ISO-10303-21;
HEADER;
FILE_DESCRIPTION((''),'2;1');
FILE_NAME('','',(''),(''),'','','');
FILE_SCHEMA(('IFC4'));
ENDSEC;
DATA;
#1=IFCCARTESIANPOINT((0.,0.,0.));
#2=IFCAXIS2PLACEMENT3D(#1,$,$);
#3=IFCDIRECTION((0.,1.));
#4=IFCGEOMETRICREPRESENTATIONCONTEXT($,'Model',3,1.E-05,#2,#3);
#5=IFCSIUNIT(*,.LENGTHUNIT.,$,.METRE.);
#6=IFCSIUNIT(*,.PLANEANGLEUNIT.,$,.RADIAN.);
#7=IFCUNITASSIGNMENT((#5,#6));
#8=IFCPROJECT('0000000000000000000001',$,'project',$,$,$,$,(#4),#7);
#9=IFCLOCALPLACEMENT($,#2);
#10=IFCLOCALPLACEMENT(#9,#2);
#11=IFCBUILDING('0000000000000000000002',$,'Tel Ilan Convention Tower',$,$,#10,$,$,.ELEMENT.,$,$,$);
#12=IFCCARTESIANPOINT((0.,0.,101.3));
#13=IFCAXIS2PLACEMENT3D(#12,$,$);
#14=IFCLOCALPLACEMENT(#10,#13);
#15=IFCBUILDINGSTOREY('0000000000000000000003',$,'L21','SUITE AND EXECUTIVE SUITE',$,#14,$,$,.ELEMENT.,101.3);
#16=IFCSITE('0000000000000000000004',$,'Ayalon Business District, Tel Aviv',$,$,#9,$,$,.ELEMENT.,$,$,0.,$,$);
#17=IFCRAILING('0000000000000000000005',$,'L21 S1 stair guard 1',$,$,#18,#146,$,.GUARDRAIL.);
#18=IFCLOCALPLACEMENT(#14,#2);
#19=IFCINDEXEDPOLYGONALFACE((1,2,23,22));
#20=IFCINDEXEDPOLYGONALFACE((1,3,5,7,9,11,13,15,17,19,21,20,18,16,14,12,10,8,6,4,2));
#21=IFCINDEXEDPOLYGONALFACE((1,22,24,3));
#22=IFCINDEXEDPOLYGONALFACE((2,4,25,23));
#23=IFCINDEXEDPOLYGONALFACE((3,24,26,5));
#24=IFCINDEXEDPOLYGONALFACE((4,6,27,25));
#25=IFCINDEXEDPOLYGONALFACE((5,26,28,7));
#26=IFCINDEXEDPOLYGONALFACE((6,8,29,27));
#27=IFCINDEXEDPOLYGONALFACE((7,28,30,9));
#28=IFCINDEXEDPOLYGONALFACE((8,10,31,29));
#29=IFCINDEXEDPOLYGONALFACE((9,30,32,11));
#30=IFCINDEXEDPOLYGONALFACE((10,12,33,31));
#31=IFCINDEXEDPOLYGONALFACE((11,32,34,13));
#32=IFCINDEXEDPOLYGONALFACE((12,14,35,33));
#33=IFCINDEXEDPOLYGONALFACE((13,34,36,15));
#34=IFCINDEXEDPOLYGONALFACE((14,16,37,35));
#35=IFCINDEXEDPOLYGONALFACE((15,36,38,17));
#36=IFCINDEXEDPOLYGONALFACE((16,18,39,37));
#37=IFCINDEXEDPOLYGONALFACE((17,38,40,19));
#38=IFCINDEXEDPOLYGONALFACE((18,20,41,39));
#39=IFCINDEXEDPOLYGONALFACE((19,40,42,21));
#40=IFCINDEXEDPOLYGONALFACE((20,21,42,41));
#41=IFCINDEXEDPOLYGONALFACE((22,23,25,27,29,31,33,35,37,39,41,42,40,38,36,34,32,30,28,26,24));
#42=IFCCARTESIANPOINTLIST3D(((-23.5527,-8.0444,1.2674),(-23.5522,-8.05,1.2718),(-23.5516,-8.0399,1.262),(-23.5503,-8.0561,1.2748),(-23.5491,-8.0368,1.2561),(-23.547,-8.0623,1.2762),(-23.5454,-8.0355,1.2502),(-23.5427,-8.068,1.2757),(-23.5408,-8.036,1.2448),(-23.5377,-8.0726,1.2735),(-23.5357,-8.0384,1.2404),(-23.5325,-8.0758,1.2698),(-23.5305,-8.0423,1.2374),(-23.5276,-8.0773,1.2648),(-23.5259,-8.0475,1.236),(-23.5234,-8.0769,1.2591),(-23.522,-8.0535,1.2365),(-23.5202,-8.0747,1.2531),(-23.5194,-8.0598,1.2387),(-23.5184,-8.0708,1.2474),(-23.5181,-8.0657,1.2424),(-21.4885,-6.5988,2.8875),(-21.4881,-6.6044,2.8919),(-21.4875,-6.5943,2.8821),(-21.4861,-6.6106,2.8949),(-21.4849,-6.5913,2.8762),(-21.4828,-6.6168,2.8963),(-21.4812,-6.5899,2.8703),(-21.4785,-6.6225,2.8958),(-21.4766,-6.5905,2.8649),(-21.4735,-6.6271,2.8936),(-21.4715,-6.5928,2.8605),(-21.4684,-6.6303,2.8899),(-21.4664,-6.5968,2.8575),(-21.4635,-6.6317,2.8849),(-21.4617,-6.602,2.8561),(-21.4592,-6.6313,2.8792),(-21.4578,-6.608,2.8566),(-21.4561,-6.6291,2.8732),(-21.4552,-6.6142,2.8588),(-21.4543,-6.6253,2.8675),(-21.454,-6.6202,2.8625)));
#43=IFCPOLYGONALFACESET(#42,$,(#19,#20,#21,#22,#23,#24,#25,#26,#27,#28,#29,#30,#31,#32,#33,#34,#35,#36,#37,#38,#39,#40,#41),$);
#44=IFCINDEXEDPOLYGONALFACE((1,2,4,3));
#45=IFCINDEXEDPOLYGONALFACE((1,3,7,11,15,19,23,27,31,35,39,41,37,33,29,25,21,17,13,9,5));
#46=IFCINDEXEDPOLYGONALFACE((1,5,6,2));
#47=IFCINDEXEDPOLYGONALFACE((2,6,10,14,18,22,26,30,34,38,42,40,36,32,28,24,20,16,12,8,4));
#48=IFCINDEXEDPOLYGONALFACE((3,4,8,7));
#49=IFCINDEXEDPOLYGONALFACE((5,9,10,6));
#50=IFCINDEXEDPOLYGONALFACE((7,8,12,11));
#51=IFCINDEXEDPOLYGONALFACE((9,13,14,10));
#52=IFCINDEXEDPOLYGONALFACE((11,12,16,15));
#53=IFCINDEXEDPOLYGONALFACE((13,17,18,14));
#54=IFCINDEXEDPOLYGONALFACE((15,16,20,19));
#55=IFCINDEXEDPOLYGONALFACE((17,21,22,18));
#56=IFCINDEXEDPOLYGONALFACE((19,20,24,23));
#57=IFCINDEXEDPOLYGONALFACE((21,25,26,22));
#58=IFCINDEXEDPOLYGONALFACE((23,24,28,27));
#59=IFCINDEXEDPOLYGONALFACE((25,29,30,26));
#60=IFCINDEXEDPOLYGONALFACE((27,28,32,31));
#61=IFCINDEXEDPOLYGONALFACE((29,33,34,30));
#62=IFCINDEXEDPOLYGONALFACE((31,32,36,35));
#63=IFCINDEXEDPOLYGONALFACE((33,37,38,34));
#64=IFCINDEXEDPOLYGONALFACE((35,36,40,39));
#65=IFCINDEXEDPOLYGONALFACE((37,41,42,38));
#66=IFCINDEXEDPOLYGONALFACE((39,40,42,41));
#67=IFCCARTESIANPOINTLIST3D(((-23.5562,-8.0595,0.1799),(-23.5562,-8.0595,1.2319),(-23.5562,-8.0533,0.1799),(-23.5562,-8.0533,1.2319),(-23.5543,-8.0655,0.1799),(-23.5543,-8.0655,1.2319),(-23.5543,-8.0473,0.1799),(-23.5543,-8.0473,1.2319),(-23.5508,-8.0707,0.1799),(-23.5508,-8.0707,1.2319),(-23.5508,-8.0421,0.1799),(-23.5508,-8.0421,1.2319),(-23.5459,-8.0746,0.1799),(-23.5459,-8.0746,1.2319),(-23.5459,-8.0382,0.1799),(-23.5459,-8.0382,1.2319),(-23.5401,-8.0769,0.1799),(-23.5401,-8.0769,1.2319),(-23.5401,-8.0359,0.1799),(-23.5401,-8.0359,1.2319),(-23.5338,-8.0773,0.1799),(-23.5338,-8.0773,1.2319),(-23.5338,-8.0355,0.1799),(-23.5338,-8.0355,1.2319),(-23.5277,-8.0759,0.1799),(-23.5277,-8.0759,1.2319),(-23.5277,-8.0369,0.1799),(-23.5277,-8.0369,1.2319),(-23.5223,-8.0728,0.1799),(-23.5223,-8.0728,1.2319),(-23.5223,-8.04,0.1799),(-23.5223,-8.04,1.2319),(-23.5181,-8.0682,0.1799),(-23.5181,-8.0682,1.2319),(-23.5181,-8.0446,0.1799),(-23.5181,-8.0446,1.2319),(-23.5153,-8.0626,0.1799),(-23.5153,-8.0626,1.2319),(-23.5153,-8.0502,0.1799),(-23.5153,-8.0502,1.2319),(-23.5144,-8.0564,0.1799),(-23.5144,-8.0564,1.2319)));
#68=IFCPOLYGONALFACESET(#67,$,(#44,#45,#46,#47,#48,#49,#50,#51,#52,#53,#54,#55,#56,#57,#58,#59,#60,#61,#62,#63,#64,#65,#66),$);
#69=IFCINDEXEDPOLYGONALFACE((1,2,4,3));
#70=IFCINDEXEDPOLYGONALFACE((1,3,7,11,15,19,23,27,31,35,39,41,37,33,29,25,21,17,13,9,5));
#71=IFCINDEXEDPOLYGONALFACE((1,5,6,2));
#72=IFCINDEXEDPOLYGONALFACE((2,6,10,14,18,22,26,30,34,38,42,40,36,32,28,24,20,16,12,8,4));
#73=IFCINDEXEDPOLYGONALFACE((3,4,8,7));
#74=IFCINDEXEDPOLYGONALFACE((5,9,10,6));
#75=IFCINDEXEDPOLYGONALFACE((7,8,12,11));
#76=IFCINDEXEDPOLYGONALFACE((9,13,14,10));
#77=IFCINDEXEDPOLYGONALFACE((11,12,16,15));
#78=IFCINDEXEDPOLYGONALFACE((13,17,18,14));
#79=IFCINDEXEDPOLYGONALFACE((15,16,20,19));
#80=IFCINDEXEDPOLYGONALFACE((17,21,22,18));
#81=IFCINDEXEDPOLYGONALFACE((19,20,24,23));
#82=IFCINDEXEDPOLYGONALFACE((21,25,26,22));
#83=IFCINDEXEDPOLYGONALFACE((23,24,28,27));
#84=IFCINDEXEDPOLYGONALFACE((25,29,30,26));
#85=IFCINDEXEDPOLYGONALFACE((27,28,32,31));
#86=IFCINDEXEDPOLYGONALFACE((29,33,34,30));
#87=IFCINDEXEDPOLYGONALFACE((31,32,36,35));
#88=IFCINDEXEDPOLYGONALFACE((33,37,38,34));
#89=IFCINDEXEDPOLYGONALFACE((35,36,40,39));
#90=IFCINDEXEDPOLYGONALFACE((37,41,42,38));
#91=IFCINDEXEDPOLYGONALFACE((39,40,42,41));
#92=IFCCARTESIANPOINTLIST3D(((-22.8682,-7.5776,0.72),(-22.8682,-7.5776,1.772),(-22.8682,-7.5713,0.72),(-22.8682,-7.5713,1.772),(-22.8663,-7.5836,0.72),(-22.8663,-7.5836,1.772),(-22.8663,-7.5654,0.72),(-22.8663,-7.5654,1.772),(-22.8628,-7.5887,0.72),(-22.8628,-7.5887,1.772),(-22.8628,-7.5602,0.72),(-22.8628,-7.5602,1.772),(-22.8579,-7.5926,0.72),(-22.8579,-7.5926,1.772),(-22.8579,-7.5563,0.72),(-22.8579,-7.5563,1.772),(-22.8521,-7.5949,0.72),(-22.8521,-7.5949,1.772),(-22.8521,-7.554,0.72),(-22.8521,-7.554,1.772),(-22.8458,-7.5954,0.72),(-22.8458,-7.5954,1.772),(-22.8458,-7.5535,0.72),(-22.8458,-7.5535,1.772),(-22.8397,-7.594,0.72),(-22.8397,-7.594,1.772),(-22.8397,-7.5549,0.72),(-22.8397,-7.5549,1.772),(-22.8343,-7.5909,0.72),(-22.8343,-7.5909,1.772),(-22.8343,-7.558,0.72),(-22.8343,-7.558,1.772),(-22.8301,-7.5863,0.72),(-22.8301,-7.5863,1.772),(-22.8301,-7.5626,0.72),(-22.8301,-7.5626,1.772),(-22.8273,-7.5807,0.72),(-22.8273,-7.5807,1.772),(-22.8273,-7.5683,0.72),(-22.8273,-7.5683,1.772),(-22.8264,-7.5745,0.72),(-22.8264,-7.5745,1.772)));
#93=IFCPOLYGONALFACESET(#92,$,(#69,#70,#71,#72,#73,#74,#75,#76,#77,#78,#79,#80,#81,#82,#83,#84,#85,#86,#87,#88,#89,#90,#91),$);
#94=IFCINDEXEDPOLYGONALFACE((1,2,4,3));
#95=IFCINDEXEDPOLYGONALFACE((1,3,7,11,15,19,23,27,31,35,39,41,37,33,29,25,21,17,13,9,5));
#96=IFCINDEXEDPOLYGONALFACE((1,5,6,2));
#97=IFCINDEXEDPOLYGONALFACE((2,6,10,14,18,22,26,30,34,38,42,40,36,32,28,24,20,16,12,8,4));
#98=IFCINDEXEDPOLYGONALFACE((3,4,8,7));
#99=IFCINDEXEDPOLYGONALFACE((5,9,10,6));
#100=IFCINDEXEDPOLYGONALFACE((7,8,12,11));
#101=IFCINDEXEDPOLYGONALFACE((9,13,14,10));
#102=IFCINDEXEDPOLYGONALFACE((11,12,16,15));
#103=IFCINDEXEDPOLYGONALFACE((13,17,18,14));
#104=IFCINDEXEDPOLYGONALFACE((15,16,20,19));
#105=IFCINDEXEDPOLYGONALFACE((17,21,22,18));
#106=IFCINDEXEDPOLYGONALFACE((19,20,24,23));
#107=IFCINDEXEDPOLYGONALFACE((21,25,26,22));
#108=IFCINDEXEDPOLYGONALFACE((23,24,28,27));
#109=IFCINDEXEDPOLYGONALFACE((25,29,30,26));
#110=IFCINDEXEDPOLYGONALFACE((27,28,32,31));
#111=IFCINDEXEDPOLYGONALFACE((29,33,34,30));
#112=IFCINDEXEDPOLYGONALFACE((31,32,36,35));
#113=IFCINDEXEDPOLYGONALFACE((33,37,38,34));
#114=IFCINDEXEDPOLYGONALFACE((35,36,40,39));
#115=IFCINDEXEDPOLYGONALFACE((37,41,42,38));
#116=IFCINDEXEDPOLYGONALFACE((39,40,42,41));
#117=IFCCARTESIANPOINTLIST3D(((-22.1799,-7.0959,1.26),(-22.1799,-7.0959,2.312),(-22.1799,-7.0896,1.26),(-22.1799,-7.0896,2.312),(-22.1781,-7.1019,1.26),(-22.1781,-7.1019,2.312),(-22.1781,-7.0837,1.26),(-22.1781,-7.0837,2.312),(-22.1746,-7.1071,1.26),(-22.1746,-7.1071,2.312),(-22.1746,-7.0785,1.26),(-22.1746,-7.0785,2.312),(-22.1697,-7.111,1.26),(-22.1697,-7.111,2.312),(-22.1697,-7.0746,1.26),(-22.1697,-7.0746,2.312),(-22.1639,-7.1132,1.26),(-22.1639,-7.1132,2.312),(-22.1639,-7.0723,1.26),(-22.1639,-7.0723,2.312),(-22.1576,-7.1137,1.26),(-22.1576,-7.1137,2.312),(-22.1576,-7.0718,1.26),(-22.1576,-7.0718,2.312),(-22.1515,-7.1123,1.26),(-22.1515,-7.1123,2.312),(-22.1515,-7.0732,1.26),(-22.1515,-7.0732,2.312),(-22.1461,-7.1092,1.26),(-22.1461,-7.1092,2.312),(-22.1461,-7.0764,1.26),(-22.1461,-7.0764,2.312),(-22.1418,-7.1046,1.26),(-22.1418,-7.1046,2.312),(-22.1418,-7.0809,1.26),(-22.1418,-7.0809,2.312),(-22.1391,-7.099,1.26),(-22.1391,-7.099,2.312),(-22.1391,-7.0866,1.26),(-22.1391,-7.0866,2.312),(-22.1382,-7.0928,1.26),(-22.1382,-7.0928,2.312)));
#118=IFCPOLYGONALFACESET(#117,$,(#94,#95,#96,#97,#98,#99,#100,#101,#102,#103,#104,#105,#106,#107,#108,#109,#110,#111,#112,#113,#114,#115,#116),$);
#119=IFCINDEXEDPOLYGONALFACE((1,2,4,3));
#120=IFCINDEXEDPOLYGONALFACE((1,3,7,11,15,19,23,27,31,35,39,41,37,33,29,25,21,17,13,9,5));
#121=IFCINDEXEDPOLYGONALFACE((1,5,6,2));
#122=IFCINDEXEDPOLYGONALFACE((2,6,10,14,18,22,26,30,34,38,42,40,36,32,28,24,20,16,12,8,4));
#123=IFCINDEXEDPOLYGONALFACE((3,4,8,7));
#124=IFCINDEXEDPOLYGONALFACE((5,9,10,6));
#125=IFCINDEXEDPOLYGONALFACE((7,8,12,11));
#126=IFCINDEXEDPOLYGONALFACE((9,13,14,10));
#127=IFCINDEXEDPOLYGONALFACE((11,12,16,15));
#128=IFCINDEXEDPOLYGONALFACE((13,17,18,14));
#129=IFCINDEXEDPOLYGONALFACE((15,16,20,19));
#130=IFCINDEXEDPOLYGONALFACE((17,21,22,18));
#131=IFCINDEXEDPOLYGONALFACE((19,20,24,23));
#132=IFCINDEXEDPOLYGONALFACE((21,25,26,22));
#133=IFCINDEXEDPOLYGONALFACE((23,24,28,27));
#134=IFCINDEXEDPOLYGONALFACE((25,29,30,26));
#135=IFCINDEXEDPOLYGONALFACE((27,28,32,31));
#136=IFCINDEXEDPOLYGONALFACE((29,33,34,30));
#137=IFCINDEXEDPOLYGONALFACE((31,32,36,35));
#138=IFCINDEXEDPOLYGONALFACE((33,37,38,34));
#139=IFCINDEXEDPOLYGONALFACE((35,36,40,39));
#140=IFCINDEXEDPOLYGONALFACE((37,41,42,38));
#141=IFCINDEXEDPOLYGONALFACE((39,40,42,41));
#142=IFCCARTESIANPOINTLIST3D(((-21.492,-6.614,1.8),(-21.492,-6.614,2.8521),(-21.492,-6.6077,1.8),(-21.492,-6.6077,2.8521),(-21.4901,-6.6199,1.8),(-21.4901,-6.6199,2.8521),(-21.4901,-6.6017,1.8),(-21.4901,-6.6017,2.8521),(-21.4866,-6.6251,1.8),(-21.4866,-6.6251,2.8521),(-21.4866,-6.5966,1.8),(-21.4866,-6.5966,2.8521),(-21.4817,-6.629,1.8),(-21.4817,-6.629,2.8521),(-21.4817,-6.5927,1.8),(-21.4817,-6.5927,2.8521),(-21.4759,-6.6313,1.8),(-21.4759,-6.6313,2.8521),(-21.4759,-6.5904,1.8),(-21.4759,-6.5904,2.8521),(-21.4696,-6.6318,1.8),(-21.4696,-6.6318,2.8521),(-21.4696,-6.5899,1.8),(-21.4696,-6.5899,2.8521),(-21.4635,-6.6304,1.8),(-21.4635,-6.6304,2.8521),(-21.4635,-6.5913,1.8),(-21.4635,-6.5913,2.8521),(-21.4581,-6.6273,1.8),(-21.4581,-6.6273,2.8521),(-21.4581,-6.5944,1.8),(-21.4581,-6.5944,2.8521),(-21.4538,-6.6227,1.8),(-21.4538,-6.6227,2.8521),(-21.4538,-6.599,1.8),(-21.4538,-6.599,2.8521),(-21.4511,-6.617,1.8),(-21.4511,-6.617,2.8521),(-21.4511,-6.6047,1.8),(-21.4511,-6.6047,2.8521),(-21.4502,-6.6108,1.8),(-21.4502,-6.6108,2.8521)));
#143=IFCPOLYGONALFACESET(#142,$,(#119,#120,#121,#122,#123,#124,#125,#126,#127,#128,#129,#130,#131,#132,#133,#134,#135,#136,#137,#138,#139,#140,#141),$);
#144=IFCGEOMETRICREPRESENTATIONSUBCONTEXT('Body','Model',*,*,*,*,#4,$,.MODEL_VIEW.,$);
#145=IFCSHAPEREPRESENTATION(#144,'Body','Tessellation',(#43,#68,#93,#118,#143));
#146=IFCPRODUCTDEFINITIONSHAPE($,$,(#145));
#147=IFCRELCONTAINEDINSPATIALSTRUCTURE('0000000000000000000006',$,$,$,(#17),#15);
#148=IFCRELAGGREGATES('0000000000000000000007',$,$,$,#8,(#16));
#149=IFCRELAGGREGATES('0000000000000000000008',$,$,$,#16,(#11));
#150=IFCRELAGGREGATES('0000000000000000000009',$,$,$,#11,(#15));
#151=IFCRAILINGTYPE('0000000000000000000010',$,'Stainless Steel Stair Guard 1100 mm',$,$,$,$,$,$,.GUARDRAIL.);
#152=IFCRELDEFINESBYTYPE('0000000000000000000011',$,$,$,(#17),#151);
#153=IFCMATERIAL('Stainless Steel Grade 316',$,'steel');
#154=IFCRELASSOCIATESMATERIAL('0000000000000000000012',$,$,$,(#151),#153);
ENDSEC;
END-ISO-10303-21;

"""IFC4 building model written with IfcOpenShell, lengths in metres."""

from ifc_helpers import new_model, si_unit, direction, frame, origin, origin_2d, place, context, subcontext, project, spatial, circle, extrude, material, type_object, element, save


model = new_model("IFC4")

# Units and contexts
model_context = context("Model", 3, precision=1e-05, world=origin(), true_north=direction((0.0, 1.0)))
body_context = subcontext(model_context, "Body", "Model", "MODEL_VIEW")
ifc_project = project(units=[si_unit("LENGTHUNIT", "METRE"), si_unit("PLANEANGLEUNIT", "RADIAN")], contexts=[model_context])

# Site, building, storey
site_placement = place(None, origin())
site = spatial("IfcSite", under=ifc_project, at=site_placement, Name="Ayalon Business District, Tel Aviv", CompositionType="ELEMENT", RefElevation=0.0)
building_placement = place(site_placement, origin())
building = spatial("IfcBuilding", under=site, at=building_placement, Name="Tel Ilan Convention Tower", CompositionType="ELEMENT")
storey_placement = place(building_placement, frame((0.0, 0.0, 101.3)))
storey = spatial("IfcBuildingStorey", under=building, at=storey_placement, Name="L21", Description="SUITE AND EXECUTIVE SUITE", CompositionType="ELEMENT", Elevation=101.3)

# Railing
ifc_material_1 = material(Name="Stainless Steel Grade 316", Category="steel")
railing_type_1 = type_object("IfcRailingType", Name="Stainless Steel Stair Guard 1100 mm", PredefinedType="GUARDRAIL", material=ifc_material_1)
railing_1_placement = place(storey_placement, frame((-23.5354, -8.0564, 0.1799)))
element("IfcRailing", 1, at=railing_1_placement, inside=storey, type_object=railing_type_1, Name="L21 S1 stair guard 1", PredefinedType="GUARDRAIL", context=body_context, shape_type="SweptSolid", body=[
    extrude(circle(Radius=0.0239, at=origin_2d()), frame((0.0, 0.0, 1.0762), z_axis=(0.689013, 0.482513, 0.540779), x_axis=(-0.573625, 0.819118, 0.0)), (0.0, 0.0, 1.0), 2.9958),
    extrude(circle(Radius=0.021, at=origin_2d()), origin(), (0.0, 0.0, 1.0), 1.052),
    extrude(circle(Radius=0.021, at=origin_2d()), frame((0.688, 0.4819, 0.54)), (0.0, 0.0, 1.0), 1.052),
    extrude(circle(Radius=0.021, at=origin_2d()), frame((1.3762, 0.9636, 1.0801)), (0.0, 0.0, 1.0), 1.052),
    extrude(circle(Radius=0.021, at=origin_2d()), frame((2.0642, 1.4456, 1.6201)), (0.0, 0.0, 1.0), 1.052),
])

save(model, "model.ifc")
